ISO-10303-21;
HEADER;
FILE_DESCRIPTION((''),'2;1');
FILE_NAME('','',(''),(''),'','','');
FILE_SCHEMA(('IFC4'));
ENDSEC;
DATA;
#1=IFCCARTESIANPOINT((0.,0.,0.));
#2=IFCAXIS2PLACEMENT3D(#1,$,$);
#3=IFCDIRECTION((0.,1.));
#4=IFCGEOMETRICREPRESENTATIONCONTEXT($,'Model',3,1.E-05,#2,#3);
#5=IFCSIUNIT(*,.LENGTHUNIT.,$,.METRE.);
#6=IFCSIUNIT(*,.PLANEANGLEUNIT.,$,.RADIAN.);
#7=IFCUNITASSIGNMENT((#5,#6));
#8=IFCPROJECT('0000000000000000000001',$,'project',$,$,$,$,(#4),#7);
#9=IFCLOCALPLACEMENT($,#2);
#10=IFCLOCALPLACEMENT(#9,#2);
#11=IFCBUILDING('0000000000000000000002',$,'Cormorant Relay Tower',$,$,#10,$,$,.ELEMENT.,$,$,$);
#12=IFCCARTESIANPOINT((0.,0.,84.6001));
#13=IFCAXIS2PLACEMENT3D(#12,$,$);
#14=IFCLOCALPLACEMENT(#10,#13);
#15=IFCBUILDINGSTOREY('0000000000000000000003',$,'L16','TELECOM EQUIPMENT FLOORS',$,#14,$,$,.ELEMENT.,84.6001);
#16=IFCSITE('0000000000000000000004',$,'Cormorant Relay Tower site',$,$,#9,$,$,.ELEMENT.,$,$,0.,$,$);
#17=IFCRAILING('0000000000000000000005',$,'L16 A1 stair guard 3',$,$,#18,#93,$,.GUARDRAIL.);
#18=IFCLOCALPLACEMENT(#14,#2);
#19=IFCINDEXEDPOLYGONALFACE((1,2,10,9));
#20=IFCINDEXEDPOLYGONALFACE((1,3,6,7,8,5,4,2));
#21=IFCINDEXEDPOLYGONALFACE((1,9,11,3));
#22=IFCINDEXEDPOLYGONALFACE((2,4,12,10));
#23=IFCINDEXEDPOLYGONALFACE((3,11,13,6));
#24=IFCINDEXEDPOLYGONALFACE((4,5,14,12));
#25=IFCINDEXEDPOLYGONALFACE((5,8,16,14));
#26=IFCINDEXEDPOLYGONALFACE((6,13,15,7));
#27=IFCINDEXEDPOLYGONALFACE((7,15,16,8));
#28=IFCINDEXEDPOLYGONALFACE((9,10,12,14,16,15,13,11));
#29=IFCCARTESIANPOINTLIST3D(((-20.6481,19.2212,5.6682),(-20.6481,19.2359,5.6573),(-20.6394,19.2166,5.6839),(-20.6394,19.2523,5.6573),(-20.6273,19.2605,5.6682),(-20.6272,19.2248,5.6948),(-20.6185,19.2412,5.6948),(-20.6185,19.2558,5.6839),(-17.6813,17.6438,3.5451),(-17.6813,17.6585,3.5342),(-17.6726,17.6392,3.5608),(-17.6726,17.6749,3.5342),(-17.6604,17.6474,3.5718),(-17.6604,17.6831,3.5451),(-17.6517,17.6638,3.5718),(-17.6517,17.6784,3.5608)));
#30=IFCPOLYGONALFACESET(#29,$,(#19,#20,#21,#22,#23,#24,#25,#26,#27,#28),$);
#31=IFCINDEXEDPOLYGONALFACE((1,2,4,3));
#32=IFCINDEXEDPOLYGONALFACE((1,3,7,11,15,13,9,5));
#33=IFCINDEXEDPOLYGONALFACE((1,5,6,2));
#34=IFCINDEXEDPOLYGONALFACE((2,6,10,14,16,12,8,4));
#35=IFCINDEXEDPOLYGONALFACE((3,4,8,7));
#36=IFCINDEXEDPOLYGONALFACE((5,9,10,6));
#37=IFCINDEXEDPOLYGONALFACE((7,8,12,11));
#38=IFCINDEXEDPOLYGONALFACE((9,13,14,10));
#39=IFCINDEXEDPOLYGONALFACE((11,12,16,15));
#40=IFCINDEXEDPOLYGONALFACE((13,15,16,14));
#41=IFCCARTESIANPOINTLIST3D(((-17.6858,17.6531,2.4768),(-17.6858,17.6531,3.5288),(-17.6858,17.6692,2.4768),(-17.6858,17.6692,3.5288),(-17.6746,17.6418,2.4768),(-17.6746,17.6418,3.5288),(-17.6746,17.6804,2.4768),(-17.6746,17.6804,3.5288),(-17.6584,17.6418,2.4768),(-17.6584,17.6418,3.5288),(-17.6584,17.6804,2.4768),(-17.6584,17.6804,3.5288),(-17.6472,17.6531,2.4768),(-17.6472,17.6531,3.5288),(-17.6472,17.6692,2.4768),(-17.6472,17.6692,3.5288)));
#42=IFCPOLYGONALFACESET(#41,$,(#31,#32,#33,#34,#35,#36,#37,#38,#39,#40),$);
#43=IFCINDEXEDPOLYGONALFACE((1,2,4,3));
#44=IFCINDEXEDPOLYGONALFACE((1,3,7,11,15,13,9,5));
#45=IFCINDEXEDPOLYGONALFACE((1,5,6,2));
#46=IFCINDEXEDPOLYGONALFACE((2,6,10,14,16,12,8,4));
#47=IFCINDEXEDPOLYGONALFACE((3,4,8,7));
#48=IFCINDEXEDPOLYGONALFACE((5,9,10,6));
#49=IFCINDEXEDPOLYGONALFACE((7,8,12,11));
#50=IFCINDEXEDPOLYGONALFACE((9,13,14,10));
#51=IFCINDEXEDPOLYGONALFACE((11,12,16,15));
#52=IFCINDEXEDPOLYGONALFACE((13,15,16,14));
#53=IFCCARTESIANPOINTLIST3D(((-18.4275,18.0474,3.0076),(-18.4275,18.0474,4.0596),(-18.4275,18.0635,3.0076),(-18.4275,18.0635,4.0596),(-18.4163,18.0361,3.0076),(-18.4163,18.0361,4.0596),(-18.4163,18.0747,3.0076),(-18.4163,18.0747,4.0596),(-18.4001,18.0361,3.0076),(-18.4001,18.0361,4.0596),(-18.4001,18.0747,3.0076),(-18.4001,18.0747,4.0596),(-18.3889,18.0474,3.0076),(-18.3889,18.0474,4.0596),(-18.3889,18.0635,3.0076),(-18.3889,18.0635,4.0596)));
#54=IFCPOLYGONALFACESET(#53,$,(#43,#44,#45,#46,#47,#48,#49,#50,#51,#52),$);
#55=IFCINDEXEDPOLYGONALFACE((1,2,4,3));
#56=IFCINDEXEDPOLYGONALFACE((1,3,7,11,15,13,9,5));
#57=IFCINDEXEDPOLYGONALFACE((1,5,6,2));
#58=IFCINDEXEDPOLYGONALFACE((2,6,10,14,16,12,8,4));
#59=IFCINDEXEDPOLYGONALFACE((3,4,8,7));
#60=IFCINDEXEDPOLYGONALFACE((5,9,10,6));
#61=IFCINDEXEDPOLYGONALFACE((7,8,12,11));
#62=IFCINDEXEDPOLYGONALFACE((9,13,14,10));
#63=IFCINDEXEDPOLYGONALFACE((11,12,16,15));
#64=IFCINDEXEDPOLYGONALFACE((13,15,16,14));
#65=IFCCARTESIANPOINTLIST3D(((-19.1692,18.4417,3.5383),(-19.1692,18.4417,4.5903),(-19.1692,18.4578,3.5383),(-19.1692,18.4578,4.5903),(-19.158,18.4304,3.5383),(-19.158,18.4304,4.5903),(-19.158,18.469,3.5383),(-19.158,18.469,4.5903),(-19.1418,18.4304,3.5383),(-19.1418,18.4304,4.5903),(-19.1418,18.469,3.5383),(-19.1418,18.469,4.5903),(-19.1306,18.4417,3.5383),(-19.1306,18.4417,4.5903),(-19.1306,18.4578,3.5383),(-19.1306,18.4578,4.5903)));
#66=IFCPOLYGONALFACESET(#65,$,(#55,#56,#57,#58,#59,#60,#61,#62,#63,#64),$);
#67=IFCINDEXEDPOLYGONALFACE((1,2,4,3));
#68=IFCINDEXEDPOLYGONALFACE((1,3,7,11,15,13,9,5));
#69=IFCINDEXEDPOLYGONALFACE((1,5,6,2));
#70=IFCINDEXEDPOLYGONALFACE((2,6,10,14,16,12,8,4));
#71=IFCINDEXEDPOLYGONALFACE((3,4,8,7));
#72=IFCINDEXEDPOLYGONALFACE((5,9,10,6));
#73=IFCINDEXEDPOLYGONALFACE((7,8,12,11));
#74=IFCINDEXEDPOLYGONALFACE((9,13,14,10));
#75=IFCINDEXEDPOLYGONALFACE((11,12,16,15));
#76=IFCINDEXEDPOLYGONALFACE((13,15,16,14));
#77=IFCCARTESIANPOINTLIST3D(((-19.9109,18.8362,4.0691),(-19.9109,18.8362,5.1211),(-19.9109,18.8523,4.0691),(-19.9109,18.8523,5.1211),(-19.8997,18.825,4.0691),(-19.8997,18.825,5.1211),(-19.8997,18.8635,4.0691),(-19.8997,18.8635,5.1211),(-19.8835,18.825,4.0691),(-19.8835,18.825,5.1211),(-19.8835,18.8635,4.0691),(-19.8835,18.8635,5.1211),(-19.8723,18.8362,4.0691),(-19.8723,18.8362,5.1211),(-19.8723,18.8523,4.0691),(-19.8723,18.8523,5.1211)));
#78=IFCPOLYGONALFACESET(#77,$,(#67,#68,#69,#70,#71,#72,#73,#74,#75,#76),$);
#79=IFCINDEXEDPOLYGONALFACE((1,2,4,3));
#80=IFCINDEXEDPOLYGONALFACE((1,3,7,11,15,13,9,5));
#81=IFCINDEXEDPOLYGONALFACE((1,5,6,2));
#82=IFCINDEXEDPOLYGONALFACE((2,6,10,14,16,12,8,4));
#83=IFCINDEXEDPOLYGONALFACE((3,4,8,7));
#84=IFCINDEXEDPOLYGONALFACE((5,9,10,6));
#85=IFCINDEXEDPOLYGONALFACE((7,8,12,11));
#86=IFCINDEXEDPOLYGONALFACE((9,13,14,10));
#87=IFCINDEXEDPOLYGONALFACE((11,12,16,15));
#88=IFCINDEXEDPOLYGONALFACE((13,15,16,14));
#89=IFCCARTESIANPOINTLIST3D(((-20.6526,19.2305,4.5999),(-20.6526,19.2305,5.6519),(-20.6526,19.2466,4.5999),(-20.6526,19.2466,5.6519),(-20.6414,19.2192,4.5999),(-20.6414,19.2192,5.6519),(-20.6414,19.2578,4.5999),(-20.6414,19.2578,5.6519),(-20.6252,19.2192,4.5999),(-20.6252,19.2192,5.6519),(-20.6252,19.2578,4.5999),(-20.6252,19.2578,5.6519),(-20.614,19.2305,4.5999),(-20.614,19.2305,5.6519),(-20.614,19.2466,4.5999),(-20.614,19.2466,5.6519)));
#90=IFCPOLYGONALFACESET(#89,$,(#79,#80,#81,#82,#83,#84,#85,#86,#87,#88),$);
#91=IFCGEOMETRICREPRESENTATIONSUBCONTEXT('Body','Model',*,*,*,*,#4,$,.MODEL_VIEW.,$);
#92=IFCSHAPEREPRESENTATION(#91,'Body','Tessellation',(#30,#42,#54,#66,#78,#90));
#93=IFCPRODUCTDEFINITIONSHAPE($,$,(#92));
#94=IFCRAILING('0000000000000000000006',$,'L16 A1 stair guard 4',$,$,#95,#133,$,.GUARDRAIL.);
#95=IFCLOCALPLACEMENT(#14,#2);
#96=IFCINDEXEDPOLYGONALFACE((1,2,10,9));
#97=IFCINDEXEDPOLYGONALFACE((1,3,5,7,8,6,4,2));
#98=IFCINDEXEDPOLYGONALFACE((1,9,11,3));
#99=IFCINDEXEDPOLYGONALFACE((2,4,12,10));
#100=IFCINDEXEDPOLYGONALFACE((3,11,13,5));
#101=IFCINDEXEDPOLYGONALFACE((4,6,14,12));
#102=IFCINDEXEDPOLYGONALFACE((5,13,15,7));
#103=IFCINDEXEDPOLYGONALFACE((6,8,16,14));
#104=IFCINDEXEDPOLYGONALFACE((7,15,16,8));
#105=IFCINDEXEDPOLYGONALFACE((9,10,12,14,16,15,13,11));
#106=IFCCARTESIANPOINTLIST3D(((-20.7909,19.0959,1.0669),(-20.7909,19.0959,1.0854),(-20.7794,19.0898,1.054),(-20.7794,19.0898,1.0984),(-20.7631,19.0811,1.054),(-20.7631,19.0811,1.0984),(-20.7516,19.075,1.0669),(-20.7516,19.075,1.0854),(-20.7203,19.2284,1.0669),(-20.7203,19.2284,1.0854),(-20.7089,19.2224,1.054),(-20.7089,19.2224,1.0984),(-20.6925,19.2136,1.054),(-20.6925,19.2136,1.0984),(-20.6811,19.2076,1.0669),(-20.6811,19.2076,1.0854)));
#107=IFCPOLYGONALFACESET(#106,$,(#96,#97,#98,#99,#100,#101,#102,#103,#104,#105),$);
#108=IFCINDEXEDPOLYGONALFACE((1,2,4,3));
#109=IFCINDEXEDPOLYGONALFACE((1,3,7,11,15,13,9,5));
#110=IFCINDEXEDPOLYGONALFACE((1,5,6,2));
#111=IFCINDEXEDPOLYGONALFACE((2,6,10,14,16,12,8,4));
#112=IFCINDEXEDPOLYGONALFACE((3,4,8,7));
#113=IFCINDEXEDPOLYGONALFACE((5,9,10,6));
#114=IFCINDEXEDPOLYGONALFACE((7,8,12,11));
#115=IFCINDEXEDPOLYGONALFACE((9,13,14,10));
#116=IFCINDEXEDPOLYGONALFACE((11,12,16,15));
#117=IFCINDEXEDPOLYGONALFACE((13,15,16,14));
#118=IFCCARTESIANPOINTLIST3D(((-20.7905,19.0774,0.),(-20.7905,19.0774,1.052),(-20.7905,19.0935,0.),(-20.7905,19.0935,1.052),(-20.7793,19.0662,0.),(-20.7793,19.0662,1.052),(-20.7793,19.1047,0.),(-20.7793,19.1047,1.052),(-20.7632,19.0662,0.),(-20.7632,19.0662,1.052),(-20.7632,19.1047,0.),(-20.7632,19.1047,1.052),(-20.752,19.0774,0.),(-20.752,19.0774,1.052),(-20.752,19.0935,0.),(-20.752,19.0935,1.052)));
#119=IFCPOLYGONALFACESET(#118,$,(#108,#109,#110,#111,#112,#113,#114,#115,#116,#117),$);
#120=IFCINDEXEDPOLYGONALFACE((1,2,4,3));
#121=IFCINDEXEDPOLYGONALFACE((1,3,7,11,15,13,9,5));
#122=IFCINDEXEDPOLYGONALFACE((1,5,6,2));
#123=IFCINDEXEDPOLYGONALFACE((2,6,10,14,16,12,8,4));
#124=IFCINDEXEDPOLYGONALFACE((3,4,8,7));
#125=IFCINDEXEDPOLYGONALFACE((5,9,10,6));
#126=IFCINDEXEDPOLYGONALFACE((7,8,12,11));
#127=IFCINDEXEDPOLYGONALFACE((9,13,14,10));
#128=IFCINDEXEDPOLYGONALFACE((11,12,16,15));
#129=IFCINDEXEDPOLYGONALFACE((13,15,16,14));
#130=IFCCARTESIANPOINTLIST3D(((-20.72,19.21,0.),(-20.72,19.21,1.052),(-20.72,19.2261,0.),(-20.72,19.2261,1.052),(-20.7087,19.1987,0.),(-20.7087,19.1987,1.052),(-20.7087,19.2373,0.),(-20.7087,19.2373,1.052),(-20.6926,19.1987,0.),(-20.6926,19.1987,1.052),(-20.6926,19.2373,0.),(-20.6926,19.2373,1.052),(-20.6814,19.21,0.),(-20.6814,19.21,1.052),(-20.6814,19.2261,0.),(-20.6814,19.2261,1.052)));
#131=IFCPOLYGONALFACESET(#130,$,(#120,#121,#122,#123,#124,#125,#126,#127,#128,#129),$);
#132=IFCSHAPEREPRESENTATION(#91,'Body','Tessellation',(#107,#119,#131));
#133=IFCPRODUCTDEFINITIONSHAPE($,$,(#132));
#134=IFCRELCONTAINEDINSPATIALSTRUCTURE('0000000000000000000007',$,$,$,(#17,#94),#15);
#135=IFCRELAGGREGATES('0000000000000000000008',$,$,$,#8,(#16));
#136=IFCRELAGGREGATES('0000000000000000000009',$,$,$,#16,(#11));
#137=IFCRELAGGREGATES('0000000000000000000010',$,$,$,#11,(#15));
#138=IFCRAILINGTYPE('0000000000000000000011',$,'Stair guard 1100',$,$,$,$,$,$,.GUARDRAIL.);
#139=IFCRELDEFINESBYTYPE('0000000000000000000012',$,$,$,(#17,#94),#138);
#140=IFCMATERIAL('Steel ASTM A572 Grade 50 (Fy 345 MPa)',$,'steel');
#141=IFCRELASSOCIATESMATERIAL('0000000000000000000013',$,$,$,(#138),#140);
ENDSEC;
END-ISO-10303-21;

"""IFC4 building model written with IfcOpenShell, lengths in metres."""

from ifc_helpers import new_model, si_unit, direction, frame, origin, place, context, subcontext, project, spatial, polyline, outline, extrude, material, type_object, element, save


model = new_model("IFC4")

# Units and contexts
model_context = context("Model", 3, precision=1e-05, world=origin(), true_north=direction((0.0, 1.0)))
body_context = subcontext(model_context, "Body", "Model", "MODEL_VIEW")
ifc_project = project(units=[si_unit("LENGTHUNIT", "METRE"), si_unit("PLANEANGLEUNIT", "RADIAN")], contexts=[model_context])

# Site, building, storey
site_placement = place(None, origin())
site = spatial("IfcSite", under=ifc_project, at=site_placement, Name="Cormorant Relay Tower site", CompositionType="ELEMENT", RefElevation=0.0)
building_placement = place(site_placement, origin())
building = spatial("IfcBuilding", under=site, at=building_placement, Name="Cormorant Relay Tower", CompositionType="ELEMENT")
storey_placement = place(building_placement, frame((0.0, 0.0, 84.6001)))
storey = spatial("IfcBuildingStorey", under=building, at=storey_placement, Name="L16", Description="TELECOM EQUIPMENT FLOORS", CompositionType="ELEMENT", Elevation=84.6001)

# Railings
ifc_material_1 = material(Name="Steel ASTM A572 Grade 50 (Fy 345 MPa)", Category="steel")
railing_type_1 = type_object("IfcRailingType", Name="Stair guard 1100", PredefinedType="GUARDRAIL", material=ifc_material_1)
railing_1_placement = place(storey_placement, frame((-17.6665, 17.6611, 2.4768)))
element("IfcRailing", 1, at=railing_1_placement, inside=storey, type_object=railing_type_1, Name="L16 A1 stair guard 3", PredefinedType="GUARDRAIL", context=body_context, shape_type="SweptSolid", body=[
    extrude(outline(polyline([(0.0222, 0.0093), (0.0093, 0.0222), (-0.0093, 0.0222), (-0.0222, 0.0093), (-0.0222, -0.0093), (-0.0093, -0.0222), (0.0093, -0.0222), (0.0222, -0.0093), (0.0222, 0.0093)])), frame((0.0, 0.0, 1.0762), z_axis=(-0.746441, 0.396869, 0.534155), x_axis=(-0.469453, -0.882958, 0.0)), (0.0, 0.0, 1.0), 3.9746),
    extrude(outline(polyline([(0.0193, 0.0081), (0.0081, 0.0193), (-0.0081, 0.0193), (-0.0193, 0.0081), (-0.0193, -0.0081), (-0.0081, -0.0193), (0.0081, -0.0193), (0.0193, -0.0081), (0.0193, 0.0081)])), origin(), (0.0, 0.0, 1.0), 1.052),
    extrude(outline(polyline([(0.0193, 0.0081), (0.0081, 0.0193), (-0.0081, 0.0193), (-0.0193, 0.0081), (-0.0193, -0.0081), (-0.0081, -0.0193), (0.0081, -0.0193), (0.0193, -0.0081), (0.0193, 0.0081)])), frame((-0.7417, 0.3943, 0.5308)), (0.0, 0.0, 1.0), 1.052),
    extrude(outline(polyline([(0.0193, 0.0081), (0.0081, 0.0193), (-0.0081, 0.0193), (-0.0193, 0.0081), (-0.0193, -0.0081), (-0.0081, -0.0193), (0.0081, -0.0193), (0.0193, -0.0081), (0.0193, 0.0081)])), frame((-1.4834, 0.7886, 1.0615)), (0.0, 0.0, 1.0), 1.052),
    extrude(outline(polyline([(0.0193, 0.0081), (0.0081, 0.0193), (-0.0081, 0.0193), (-0.0193, 0.0081), (-0.0193, -0.0081), (-0.0081, -0.0193), (0.0081, -0.0193), (0.0193, -0.0081), (0.0193, 0.0081)])), frame((-2.2251, 1.1831, 1.5923)), (0.0, 0.0, 1.0), 1.052),
    extrude(outline(polyline([(0.0193, 0.0081), (0.0081, 0.0193), (-0.0081, 0.0193), (-0.0193, 0.0081), (-0.0193, -0.0081), (-0.0081, -0.0193), (0.0081, -0.0193), (0.0193, -0.0081), (0.0193, 0.0081)])), frame((-2.9668, 1.5774, 2.123)), (0.0, 0.0, 1.0), 1.052),
])
railing_2_placement = place(storey_placement, frame((-20.7712, 19.0854, 0.0)))
element("IfcRailing", 2, at=railing_2_placement, inside=storey, type_object=railing_type_1, Name="L16 A1 stair guard 4", PredefinedType="GUARDRAIL", context=body_context, shape_type="SweptSolid", body=[
    extrude(outline(polyline([(0.0222, 0.0093), (0.0093, 0.0222), (-0.0093, 0.0222), (-0.0222, 0.0093), (-0.0222, -0.0093), (-0.0093, -0.0222), (0.0093, -0.0222), (0.0222, -0.0093), (0.0222, 0.0093)])), frame((0.0, 0.0, 1.0762), z_axis=(0.469829, 0.882758, 0.0), x_axis=(-0.882758, 0.469829, 0.0)), (0.0, 0.0, 1.0), 0.1501),
    extrude(outline(polyline([(0.0193, 0.0081), (0.0081, 0.0193), (-0.0081, 0.0193), (-0.0193, 0.0081), (-0.0193, -0.0081), (-0.0081, -0.0193), (0.0081, -0.0193), (0.0193, -0.0081), (0.0193, 0.0081)])), origin(), (0.0, 0.0, 1.0), 1.052),
    extrude(outline(polyline([(0.0193, 0.0081), (0.0081, 0.0193), (-0.0081, 0.0193), (-0.0193, 0.0081), (-0.0193, -0.0081), (-0.0081, -0.0193), (0.0081, -0.0193), (0.0193, -0.0081), (0.0193, 0.0081)])), frame((0.0706, 0.1326, 0.0)), (0.0, 0.0, 1.0), 1.052),
])

save(model, "model.ifc")
